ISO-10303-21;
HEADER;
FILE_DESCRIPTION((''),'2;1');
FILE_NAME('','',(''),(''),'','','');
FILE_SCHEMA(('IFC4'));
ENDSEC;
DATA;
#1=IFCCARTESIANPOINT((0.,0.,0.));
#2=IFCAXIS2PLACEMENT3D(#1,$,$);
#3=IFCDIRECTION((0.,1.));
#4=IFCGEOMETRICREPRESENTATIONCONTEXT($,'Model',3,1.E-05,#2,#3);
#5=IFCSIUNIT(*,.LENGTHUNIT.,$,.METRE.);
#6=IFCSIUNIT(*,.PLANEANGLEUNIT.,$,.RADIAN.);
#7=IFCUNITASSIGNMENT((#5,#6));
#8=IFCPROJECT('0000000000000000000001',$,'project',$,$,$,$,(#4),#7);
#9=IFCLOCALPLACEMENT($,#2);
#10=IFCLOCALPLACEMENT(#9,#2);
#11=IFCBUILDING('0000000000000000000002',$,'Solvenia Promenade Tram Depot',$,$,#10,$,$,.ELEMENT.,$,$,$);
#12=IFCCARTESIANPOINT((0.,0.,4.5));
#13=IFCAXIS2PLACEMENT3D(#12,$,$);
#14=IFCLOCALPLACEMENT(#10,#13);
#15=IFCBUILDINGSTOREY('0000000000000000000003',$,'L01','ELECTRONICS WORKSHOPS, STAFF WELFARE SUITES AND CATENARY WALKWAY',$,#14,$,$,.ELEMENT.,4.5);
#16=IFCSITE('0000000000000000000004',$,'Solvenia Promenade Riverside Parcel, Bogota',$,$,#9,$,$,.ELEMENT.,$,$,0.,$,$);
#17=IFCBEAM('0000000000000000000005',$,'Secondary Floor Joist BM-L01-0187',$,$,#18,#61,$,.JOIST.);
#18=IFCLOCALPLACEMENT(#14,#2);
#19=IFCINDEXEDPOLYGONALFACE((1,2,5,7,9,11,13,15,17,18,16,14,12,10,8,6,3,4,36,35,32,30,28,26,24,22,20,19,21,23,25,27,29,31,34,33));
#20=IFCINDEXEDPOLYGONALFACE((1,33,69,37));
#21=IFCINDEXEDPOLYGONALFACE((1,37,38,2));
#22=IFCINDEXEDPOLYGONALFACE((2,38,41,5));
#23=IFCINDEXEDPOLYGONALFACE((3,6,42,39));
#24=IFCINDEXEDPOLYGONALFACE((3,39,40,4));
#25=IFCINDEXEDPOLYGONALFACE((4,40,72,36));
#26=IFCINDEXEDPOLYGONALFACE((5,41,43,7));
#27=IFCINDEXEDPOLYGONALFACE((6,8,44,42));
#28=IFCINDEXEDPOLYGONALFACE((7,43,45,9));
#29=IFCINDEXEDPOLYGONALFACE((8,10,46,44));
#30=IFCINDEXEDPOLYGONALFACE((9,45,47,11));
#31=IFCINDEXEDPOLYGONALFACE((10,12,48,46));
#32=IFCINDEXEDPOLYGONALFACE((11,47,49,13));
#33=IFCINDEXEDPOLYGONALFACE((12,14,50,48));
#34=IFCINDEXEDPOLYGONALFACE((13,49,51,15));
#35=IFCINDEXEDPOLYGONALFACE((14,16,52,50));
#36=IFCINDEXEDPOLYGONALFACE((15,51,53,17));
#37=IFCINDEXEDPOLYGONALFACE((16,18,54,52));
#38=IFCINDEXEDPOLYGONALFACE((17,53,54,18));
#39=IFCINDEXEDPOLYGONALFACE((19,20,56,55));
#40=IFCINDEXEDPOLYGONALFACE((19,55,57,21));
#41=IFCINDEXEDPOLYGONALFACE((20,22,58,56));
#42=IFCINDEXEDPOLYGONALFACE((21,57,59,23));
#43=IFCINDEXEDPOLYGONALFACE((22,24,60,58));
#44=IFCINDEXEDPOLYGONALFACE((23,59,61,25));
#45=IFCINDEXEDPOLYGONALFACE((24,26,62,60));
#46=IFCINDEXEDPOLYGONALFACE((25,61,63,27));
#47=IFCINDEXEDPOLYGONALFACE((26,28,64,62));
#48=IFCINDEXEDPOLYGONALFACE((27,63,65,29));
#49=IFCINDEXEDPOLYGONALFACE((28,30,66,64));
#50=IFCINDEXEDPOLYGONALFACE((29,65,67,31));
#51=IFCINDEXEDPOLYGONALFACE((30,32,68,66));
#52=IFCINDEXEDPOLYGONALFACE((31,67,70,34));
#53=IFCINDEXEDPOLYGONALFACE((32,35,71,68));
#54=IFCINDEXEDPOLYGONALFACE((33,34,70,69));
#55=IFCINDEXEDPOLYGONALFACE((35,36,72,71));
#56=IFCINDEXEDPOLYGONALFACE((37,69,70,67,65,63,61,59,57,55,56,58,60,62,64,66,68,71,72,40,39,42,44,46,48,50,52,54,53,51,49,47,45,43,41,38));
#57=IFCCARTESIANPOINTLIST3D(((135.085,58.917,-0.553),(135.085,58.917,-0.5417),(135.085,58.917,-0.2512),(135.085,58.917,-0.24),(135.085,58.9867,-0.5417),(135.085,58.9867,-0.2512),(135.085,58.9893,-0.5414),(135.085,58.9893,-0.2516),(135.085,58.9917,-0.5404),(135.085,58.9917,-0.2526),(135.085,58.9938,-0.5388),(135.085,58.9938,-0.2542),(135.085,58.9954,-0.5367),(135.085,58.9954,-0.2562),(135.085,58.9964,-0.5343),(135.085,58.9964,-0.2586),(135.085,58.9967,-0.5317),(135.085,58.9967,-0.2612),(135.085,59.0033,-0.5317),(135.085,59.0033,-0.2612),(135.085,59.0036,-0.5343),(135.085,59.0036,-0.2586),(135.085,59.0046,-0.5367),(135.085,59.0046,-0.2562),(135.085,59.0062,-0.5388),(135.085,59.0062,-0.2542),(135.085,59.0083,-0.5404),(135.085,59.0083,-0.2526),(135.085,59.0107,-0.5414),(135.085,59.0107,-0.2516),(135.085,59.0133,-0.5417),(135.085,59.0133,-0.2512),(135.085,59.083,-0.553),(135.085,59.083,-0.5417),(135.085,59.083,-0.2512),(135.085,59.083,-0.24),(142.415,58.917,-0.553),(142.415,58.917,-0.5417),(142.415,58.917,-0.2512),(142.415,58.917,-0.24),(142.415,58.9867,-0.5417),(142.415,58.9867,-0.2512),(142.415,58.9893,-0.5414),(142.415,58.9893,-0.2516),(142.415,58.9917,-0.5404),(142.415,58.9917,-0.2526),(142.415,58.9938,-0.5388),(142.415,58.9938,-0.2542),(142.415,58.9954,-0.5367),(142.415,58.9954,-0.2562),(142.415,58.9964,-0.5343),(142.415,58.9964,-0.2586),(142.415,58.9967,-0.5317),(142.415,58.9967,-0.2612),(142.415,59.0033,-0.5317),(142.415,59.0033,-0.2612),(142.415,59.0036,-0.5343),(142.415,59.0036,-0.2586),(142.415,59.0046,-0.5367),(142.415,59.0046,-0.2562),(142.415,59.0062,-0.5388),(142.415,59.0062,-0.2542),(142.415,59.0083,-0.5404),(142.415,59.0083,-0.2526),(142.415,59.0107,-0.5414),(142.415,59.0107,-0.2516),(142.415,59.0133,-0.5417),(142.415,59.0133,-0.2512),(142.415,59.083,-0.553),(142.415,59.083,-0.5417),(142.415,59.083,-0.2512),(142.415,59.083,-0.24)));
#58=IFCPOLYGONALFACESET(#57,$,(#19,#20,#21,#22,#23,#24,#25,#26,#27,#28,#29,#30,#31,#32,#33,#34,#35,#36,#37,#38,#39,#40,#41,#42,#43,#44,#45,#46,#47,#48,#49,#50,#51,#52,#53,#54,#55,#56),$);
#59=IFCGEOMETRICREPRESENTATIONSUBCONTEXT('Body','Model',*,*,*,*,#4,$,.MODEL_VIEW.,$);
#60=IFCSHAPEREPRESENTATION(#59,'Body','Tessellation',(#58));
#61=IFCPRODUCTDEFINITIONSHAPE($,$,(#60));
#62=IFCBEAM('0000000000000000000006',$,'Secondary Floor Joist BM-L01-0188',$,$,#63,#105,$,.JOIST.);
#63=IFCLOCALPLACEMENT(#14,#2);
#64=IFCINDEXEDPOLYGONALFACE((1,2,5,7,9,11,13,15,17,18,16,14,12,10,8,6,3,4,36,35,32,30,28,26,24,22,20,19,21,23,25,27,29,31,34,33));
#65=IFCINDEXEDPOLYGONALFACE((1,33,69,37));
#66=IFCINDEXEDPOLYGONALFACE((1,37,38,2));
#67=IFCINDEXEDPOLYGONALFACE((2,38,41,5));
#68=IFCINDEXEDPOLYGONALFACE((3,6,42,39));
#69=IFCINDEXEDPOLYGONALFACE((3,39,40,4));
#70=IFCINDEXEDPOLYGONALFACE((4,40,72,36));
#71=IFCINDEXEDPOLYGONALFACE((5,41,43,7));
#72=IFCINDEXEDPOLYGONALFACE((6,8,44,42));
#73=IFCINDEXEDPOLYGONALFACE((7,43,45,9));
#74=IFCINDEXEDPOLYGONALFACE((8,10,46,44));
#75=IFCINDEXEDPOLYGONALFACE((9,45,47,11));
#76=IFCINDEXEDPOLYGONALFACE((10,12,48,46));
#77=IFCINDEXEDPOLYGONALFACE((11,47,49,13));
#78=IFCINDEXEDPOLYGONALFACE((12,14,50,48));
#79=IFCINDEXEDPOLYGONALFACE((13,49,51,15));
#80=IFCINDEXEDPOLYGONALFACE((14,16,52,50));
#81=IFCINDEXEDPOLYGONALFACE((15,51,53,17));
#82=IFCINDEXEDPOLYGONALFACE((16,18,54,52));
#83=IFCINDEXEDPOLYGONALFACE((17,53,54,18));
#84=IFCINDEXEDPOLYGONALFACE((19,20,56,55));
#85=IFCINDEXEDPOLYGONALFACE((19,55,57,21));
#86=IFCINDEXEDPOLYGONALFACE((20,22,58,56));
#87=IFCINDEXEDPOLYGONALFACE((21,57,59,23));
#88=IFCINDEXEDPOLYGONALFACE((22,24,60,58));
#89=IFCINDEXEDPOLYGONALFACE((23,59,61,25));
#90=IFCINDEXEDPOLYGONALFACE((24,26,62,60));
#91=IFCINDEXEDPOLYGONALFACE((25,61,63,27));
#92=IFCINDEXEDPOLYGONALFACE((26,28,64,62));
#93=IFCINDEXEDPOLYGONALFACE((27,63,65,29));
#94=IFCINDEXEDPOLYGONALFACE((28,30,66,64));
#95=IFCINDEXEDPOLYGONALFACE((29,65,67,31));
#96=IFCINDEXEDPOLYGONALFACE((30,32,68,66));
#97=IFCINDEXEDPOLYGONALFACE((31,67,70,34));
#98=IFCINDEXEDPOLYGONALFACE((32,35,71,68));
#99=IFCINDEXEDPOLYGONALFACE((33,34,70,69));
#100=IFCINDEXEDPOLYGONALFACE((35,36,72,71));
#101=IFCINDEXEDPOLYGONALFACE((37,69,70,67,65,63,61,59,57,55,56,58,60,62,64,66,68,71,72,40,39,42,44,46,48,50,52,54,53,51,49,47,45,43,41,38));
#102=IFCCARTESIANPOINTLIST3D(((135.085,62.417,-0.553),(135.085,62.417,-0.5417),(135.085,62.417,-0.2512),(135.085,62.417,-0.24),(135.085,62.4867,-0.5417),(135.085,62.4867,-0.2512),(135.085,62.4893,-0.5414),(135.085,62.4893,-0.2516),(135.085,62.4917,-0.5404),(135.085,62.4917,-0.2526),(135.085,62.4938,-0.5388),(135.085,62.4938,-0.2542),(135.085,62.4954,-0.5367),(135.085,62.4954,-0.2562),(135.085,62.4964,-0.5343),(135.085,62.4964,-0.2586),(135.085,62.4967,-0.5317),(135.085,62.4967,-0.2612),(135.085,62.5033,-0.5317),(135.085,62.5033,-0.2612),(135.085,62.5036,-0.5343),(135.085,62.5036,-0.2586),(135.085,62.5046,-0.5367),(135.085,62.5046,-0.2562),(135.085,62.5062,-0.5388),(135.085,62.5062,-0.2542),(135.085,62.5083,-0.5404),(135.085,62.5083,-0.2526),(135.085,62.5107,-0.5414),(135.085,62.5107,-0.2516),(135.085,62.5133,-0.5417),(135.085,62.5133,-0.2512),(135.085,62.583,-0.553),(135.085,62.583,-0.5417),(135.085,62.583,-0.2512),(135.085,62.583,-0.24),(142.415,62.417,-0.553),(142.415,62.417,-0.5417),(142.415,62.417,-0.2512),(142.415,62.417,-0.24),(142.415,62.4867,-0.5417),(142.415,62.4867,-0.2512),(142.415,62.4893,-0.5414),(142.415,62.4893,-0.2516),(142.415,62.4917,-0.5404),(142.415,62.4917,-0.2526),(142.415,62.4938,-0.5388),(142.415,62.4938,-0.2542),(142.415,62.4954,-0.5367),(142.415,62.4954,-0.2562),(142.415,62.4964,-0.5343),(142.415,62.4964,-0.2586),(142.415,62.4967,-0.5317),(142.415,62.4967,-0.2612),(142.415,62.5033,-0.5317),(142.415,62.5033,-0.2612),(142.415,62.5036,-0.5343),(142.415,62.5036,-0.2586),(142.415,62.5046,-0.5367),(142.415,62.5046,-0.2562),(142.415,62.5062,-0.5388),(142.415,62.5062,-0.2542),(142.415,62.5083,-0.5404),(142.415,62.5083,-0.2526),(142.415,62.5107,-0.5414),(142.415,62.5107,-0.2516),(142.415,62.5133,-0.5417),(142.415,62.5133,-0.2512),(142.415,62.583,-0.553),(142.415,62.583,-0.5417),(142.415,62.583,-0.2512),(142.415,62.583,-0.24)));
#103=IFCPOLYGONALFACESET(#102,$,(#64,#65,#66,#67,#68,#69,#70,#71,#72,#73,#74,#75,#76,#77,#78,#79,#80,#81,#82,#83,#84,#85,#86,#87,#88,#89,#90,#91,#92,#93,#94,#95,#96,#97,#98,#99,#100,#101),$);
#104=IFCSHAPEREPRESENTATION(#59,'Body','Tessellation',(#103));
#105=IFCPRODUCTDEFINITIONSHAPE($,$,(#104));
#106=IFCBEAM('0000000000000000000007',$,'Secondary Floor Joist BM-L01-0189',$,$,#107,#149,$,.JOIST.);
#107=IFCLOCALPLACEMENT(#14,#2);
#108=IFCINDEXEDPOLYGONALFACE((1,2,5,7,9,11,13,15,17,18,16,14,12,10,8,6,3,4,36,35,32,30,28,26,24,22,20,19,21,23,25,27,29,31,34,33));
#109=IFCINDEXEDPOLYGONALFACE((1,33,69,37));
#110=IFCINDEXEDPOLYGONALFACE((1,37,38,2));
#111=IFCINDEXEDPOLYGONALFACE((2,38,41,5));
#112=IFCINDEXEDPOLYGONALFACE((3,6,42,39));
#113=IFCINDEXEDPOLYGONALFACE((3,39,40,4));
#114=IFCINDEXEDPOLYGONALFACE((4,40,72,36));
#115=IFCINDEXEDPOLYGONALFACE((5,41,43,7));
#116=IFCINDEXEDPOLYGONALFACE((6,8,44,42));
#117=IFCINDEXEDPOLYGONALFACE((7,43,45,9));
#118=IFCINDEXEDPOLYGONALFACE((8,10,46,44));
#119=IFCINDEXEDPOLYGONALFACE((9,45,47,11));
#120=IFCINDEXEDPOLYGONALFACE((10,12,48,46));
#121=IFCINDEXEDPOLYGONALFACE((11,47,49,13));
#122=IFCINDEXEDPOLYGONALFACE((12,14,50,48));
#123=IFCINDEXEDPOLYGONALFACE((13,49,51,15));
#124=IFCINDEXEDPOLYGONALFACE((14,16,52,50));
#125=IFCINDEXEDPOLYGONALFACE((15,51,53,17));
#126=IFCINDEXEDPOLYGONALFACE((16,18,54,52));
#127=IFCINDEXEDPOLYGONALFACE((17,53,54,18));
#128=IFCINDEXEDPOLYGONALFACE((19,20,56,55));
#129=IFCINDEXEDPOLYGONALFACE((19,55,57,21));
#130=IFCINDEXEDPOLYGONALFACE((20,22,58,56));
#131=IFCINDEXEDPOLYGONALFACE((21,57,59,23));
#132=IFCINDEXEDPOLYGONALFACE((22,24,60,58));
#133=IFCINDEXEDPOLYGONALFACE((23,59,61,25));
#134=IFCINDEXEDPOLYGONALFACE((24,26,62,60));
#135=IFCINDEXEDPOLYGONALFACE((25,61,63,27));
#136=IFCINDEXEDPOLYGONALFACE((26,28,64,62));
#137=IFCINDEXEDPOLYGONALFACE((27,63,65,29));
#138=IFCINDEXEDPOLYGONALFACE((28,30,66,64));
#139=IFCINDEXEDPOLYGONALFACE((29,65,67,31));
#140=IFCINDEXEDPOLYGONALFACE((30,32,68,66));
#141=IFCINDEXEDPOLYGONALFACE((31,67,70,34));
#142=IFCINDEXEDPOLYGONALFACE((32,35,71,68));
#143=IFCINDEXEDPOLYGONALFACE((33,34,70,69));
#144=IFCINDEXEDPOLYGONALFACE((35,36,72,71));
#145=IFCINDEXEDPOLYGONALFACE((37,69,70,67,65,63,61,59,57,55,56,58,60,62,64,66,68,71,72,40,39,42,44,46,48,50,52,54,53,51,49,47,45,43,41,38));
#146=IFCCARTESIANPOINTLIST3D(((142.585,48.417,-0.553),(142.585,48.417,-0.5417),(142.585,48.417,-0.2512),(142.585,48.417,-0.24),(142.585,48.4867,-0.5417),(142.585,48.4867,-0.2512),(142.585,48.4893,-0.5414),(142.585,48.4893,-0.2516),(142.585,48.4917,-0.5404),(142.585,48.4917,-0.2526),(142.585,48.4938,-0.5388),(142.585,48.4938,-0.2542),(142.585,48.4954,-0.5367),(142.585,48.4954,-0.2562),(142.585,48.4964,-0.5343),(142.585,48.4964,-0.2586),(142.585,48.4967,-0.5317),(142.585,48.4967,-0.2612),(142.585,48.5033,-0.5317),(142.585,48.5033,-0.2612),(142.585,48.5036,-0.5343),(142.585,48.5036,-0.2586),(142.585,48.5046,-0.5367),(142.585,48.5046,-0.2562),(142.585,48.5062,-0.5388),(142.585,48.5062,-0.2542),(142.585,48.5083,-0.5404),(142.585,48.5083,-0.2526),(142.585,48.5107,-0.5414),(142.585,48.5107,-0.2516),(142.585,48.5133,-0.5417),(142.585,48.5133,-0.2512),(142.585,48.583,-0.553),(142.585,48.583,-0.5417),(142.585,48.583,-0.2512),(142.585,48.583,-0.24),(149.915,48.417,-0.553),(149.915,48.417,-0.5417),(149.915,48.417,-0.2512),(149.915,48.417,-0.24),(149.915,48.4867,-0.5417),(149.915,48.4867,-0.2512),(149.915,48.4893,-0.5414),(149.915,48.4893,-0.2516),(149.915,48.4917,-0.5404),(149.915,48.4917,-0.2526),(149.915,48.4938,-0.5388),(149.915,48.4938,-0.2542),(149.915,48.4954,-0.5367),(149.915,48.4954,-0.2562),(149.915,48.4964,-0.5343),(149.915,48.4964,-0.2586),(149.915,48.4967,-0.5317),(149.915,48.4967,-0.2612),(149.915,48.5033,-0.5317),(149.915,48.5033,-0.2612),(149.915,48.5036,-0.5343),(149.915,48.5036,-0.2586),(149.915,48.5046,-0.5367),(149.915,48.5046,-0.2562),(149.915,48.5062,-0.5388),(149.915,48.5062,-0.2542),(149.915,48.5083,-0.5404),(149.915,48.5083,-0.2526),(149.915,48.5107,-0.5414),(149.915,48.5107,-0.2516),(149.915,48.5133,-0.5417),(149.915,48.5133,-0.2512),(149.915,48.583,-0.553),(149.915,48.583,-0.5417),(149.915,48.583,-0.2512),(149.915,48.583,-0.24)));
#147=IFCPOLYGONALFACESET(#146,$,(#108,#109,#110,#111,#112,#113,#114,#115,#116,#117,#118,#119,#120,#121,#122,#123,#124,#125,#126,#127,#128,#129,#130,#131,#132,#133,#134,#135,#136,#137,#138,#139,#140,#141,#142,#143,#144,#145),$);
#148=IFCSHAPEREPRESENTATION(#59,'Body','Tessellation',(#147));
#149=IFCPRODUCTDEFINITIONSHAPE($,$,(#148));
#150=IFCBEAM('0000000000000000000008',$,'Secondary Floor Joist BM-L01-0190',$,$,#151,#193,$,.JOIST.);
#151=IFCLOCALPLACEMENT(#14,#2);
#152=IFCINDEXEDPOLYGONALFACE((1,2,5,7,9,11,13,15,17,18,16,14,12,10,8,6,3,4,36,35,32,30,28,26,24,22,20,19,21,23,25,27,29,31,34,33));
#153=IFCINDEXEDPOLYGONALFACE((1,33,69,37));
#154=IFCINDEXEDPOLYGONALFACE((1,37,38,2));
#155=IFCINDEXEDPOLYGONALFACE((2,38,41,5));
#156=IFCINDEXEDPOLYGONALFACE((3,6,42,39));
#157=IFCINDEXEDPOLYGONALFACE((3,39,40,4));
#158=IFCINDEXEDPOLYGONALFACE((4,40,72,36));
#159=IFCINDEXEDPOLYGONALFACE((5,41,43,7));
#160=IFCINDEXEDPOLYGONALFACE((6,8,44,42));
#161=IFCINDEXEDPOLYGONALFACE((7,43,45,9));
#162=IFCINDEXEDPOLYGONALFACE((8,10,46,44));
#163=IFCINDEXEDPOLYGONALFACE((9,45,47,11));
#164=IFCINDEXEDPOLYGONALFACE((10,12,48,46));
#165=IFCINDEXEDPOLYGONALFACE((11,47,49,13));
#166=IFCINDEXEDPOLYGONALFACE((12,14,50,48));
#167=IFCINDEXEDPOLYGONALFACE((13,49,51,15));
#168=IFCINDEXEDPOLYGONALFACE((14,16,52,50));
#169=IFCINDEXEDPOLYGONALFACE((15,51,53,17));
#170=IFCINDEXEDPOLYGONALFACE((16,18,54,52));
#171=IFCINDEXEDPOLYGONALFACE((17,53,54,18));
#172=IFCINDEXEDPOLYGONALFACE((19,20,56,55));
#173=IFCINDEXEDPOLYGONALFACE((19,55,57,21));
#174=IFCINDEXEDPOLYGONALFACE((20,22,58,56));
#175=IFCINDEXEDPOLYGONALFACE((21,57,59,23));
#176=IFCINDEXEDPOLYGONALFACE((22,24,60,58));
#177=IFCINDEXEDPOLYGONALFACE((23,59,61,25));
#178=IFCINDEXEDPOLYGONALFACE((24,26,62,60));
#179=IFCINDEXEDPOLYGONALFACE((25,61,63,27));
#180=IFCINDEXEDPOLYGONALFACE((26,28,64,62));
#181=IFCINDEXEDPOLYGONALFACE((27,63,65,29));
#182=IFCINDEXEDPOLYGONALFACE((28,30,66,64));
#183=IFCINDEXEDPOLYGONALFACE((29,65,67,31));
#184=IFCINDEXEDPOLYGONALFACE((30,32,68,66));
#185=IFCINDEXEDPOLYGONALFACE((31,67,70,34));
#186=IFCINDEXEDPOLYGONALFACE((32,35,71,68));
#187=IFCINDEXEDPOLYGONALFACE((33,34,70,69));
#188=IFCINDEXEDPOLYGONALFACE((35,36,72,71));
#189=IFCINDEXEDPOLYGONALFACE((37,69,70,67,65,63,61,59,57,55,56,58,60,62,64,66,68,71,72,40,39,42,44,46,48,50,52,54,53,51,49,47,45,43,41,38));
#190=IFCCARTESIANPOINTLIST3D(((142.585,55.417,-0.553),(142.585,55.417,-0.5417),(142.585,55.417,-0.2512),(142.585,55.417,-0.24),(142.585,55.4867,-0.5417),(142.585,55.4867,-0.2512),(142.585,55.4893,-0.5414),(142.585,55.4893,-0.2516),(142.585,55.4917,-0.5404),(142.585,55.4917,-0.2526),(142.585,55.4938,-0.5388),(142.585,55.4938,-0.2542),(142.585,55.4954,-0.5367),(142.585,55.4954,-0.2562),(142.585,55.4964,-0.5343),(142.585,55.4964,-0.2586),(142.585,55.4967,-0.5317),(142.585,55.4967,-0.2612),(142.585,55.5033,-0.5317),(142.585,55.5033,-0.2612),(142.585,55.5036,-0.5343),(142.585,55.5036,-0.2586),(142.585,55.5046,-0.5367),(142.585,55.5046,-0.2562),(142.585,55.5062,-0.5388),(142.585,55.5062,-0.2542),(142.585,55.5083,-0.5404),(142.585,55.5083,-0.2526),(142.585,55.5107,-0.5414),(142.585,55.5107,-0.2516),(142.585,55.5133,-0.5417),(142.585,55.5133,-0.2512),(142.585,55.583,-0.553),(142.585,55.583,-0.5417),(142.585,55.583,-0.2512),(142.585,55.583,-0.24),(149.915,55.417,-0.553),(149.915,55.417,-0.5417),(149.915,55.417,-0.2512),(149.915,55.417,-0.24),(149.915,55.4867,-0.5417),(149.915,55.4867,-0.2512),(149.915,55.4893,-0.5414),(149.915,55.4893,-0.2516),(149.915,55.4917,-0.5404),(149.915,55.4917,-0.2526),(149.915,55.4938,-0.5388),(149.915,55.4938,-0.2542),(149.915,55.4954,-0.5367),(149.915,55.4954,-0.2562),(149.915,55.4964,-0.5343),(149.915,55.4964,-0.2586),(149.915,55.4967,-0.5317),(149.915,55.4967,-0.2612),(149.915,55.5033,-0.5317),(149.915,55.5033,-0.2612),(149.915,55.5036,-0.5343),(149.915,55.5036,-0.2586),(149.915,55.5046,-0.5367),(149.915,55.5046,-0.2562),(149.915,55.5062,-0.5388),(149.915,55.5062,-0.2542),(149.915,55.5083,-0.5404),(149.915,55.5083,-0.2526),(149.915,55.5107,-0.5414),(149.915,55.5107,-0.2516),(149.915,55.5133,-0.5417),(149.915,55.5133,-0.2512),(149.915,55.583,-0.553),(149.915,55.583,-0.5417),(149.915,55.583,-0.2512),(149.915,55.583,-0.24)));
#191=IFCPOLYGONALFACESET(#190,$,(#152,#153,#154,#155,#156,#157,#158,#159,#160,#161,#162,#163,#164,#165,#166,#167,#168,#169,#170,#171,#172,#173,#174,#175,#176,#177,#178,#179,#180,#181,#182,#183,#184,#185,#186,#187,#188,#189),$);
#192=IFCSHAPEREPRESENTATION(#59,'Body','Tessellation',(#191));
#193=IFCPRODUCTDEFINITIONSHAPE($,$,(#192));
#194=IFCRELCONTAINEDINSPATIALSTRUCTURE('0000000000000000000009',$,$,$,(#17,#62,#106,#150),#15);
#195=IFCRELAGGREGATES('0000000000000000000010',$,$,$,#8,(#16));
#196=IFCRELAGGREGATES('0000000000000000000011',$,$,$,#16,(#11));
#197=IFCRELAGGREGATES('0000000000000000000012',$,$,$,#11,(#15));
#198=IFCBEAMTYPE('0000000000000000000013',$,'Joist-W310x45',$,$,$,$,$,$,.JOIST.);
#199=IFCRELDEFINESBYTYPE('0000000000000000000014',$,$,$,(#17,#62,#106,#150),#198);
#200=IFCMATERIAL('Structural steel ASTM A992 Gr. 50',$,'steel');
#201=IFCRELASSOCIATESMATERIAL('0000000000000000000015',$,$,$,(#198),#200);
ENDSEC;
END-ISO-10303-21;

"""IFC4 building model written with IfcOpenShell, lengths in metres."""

from ifc_helpers import new_model, si_unit, direction, frame, origin, origin_2d, place, context, subcontext, project, spatial, i_section, extrude, material, material_profile, profile_set, type_object, element, save


model = new_model("IFC4")

# Units and contexts
model_context = context("Model", 3, precision=1e-05, world=origin(), true_north=direction((0.0, 1.0)))
body_context = subcontext(model_context, "Body", "Model", "MODEL_VIEW")
ifc_project = project(units=[si_unit("LENGTHUNIT", "METRE"), si_unit("PLANEANGLEUNIT", "RADIAN")], contexts=[model_context])

# Site, building, storey
site_placement = place(None, origin())
site = spatial("IfcSite", under=ifc_project, at=site_placement, Name="Solvenia Promenade Riverside Parcel, Bogota", CompositionType="ELEMENT", RefElevation=0.0)
building_placement = place(site_placement, origin())
building = spatial("IfcBuilding", under=site, at=building_placement, Name="Solvenia Promenade Tram Depot", CompositionType="ELEMENT")
storey_placement = place(building_placement, frame((0.0, 0.0, 4.5)))
storey = spatial("IfcBuildingStorey", under=building, at=storey_placement, Name="L01", Description="ELECTRONICS WORKSHOPS, STAFF WELFARE SUITES AND CATENARY WALKWAY", CompositionType="ELEMENT", Elevation=4.5)

# Shared definitions
ifc_material_1 = material(Name="Structural steel ASTM A992 Gr. 50", Category="steel")

# Beams
ifc_material_profile_1 = material_profile(ifc_material_1, i_section(OverallWidth=0.166, OverallDepth=0.313, WebThickness=0.0066, FlangeThickness=0.0112, FilletRadius=0.01, at=origin_2d()), Name="W310x45", Category="steel")
ifc_profile_set_1 = profile_set([ifc_material_profile_1], Name="Structural steel ASTM A992 Gr. 50")
beam_type_1 = type_object("IfcBeamType", Name="Joist-W310x45", PredefinedType="JOIST", material=ifc_profile_set_1)
for number, where, z_axis, x_axis, name in (
    (1, (135.085, 59.0, -0.3965), (1.0, 0.0, 0.0), (0.0, 1.0, 0.0), "Secondary Floor Joist BM-L01-0187"),
    (2, (135.085, 62.5, -0.3965), (1.0, 0.0, 0.0), (0.0, 1.0, 0.0), "Secondary Floor Joist BM-L01-0188"),
    (3, (142.585, 48.5, -0.3965), (1.0, 0.0, 0.0), (0.0, 1.0, 0.0), "Secondary Floor Joist BM-L01-0189"),
    (4, (142.585, 55.5, -0.3965), (1.0, 0.0, 0.0), (0.0, 1.0, 0.0), "Secondary Floor Joist BM-L01-0190"),
):
    element("IfcBeam", number, at=place(storey_placement, frame(where, z_axis=z_axis, x_axis=x_axis)), inside=storey, type_object=beam_type_1, Name=name, PredefinedType="JOIST", context=body_context, shape_type="SweptSolid", body=[
        extrude(i_section(OverallWidth=0.166, OverallDepth=0.313, WebThickness=0.0066, FlangeThickness=0.0112, FilletRadius=0.01, at=origin_2d()), origin(), (0.0, 0.0, 1.0), 7.3301),
    ])

save(model, "model.ifc")
